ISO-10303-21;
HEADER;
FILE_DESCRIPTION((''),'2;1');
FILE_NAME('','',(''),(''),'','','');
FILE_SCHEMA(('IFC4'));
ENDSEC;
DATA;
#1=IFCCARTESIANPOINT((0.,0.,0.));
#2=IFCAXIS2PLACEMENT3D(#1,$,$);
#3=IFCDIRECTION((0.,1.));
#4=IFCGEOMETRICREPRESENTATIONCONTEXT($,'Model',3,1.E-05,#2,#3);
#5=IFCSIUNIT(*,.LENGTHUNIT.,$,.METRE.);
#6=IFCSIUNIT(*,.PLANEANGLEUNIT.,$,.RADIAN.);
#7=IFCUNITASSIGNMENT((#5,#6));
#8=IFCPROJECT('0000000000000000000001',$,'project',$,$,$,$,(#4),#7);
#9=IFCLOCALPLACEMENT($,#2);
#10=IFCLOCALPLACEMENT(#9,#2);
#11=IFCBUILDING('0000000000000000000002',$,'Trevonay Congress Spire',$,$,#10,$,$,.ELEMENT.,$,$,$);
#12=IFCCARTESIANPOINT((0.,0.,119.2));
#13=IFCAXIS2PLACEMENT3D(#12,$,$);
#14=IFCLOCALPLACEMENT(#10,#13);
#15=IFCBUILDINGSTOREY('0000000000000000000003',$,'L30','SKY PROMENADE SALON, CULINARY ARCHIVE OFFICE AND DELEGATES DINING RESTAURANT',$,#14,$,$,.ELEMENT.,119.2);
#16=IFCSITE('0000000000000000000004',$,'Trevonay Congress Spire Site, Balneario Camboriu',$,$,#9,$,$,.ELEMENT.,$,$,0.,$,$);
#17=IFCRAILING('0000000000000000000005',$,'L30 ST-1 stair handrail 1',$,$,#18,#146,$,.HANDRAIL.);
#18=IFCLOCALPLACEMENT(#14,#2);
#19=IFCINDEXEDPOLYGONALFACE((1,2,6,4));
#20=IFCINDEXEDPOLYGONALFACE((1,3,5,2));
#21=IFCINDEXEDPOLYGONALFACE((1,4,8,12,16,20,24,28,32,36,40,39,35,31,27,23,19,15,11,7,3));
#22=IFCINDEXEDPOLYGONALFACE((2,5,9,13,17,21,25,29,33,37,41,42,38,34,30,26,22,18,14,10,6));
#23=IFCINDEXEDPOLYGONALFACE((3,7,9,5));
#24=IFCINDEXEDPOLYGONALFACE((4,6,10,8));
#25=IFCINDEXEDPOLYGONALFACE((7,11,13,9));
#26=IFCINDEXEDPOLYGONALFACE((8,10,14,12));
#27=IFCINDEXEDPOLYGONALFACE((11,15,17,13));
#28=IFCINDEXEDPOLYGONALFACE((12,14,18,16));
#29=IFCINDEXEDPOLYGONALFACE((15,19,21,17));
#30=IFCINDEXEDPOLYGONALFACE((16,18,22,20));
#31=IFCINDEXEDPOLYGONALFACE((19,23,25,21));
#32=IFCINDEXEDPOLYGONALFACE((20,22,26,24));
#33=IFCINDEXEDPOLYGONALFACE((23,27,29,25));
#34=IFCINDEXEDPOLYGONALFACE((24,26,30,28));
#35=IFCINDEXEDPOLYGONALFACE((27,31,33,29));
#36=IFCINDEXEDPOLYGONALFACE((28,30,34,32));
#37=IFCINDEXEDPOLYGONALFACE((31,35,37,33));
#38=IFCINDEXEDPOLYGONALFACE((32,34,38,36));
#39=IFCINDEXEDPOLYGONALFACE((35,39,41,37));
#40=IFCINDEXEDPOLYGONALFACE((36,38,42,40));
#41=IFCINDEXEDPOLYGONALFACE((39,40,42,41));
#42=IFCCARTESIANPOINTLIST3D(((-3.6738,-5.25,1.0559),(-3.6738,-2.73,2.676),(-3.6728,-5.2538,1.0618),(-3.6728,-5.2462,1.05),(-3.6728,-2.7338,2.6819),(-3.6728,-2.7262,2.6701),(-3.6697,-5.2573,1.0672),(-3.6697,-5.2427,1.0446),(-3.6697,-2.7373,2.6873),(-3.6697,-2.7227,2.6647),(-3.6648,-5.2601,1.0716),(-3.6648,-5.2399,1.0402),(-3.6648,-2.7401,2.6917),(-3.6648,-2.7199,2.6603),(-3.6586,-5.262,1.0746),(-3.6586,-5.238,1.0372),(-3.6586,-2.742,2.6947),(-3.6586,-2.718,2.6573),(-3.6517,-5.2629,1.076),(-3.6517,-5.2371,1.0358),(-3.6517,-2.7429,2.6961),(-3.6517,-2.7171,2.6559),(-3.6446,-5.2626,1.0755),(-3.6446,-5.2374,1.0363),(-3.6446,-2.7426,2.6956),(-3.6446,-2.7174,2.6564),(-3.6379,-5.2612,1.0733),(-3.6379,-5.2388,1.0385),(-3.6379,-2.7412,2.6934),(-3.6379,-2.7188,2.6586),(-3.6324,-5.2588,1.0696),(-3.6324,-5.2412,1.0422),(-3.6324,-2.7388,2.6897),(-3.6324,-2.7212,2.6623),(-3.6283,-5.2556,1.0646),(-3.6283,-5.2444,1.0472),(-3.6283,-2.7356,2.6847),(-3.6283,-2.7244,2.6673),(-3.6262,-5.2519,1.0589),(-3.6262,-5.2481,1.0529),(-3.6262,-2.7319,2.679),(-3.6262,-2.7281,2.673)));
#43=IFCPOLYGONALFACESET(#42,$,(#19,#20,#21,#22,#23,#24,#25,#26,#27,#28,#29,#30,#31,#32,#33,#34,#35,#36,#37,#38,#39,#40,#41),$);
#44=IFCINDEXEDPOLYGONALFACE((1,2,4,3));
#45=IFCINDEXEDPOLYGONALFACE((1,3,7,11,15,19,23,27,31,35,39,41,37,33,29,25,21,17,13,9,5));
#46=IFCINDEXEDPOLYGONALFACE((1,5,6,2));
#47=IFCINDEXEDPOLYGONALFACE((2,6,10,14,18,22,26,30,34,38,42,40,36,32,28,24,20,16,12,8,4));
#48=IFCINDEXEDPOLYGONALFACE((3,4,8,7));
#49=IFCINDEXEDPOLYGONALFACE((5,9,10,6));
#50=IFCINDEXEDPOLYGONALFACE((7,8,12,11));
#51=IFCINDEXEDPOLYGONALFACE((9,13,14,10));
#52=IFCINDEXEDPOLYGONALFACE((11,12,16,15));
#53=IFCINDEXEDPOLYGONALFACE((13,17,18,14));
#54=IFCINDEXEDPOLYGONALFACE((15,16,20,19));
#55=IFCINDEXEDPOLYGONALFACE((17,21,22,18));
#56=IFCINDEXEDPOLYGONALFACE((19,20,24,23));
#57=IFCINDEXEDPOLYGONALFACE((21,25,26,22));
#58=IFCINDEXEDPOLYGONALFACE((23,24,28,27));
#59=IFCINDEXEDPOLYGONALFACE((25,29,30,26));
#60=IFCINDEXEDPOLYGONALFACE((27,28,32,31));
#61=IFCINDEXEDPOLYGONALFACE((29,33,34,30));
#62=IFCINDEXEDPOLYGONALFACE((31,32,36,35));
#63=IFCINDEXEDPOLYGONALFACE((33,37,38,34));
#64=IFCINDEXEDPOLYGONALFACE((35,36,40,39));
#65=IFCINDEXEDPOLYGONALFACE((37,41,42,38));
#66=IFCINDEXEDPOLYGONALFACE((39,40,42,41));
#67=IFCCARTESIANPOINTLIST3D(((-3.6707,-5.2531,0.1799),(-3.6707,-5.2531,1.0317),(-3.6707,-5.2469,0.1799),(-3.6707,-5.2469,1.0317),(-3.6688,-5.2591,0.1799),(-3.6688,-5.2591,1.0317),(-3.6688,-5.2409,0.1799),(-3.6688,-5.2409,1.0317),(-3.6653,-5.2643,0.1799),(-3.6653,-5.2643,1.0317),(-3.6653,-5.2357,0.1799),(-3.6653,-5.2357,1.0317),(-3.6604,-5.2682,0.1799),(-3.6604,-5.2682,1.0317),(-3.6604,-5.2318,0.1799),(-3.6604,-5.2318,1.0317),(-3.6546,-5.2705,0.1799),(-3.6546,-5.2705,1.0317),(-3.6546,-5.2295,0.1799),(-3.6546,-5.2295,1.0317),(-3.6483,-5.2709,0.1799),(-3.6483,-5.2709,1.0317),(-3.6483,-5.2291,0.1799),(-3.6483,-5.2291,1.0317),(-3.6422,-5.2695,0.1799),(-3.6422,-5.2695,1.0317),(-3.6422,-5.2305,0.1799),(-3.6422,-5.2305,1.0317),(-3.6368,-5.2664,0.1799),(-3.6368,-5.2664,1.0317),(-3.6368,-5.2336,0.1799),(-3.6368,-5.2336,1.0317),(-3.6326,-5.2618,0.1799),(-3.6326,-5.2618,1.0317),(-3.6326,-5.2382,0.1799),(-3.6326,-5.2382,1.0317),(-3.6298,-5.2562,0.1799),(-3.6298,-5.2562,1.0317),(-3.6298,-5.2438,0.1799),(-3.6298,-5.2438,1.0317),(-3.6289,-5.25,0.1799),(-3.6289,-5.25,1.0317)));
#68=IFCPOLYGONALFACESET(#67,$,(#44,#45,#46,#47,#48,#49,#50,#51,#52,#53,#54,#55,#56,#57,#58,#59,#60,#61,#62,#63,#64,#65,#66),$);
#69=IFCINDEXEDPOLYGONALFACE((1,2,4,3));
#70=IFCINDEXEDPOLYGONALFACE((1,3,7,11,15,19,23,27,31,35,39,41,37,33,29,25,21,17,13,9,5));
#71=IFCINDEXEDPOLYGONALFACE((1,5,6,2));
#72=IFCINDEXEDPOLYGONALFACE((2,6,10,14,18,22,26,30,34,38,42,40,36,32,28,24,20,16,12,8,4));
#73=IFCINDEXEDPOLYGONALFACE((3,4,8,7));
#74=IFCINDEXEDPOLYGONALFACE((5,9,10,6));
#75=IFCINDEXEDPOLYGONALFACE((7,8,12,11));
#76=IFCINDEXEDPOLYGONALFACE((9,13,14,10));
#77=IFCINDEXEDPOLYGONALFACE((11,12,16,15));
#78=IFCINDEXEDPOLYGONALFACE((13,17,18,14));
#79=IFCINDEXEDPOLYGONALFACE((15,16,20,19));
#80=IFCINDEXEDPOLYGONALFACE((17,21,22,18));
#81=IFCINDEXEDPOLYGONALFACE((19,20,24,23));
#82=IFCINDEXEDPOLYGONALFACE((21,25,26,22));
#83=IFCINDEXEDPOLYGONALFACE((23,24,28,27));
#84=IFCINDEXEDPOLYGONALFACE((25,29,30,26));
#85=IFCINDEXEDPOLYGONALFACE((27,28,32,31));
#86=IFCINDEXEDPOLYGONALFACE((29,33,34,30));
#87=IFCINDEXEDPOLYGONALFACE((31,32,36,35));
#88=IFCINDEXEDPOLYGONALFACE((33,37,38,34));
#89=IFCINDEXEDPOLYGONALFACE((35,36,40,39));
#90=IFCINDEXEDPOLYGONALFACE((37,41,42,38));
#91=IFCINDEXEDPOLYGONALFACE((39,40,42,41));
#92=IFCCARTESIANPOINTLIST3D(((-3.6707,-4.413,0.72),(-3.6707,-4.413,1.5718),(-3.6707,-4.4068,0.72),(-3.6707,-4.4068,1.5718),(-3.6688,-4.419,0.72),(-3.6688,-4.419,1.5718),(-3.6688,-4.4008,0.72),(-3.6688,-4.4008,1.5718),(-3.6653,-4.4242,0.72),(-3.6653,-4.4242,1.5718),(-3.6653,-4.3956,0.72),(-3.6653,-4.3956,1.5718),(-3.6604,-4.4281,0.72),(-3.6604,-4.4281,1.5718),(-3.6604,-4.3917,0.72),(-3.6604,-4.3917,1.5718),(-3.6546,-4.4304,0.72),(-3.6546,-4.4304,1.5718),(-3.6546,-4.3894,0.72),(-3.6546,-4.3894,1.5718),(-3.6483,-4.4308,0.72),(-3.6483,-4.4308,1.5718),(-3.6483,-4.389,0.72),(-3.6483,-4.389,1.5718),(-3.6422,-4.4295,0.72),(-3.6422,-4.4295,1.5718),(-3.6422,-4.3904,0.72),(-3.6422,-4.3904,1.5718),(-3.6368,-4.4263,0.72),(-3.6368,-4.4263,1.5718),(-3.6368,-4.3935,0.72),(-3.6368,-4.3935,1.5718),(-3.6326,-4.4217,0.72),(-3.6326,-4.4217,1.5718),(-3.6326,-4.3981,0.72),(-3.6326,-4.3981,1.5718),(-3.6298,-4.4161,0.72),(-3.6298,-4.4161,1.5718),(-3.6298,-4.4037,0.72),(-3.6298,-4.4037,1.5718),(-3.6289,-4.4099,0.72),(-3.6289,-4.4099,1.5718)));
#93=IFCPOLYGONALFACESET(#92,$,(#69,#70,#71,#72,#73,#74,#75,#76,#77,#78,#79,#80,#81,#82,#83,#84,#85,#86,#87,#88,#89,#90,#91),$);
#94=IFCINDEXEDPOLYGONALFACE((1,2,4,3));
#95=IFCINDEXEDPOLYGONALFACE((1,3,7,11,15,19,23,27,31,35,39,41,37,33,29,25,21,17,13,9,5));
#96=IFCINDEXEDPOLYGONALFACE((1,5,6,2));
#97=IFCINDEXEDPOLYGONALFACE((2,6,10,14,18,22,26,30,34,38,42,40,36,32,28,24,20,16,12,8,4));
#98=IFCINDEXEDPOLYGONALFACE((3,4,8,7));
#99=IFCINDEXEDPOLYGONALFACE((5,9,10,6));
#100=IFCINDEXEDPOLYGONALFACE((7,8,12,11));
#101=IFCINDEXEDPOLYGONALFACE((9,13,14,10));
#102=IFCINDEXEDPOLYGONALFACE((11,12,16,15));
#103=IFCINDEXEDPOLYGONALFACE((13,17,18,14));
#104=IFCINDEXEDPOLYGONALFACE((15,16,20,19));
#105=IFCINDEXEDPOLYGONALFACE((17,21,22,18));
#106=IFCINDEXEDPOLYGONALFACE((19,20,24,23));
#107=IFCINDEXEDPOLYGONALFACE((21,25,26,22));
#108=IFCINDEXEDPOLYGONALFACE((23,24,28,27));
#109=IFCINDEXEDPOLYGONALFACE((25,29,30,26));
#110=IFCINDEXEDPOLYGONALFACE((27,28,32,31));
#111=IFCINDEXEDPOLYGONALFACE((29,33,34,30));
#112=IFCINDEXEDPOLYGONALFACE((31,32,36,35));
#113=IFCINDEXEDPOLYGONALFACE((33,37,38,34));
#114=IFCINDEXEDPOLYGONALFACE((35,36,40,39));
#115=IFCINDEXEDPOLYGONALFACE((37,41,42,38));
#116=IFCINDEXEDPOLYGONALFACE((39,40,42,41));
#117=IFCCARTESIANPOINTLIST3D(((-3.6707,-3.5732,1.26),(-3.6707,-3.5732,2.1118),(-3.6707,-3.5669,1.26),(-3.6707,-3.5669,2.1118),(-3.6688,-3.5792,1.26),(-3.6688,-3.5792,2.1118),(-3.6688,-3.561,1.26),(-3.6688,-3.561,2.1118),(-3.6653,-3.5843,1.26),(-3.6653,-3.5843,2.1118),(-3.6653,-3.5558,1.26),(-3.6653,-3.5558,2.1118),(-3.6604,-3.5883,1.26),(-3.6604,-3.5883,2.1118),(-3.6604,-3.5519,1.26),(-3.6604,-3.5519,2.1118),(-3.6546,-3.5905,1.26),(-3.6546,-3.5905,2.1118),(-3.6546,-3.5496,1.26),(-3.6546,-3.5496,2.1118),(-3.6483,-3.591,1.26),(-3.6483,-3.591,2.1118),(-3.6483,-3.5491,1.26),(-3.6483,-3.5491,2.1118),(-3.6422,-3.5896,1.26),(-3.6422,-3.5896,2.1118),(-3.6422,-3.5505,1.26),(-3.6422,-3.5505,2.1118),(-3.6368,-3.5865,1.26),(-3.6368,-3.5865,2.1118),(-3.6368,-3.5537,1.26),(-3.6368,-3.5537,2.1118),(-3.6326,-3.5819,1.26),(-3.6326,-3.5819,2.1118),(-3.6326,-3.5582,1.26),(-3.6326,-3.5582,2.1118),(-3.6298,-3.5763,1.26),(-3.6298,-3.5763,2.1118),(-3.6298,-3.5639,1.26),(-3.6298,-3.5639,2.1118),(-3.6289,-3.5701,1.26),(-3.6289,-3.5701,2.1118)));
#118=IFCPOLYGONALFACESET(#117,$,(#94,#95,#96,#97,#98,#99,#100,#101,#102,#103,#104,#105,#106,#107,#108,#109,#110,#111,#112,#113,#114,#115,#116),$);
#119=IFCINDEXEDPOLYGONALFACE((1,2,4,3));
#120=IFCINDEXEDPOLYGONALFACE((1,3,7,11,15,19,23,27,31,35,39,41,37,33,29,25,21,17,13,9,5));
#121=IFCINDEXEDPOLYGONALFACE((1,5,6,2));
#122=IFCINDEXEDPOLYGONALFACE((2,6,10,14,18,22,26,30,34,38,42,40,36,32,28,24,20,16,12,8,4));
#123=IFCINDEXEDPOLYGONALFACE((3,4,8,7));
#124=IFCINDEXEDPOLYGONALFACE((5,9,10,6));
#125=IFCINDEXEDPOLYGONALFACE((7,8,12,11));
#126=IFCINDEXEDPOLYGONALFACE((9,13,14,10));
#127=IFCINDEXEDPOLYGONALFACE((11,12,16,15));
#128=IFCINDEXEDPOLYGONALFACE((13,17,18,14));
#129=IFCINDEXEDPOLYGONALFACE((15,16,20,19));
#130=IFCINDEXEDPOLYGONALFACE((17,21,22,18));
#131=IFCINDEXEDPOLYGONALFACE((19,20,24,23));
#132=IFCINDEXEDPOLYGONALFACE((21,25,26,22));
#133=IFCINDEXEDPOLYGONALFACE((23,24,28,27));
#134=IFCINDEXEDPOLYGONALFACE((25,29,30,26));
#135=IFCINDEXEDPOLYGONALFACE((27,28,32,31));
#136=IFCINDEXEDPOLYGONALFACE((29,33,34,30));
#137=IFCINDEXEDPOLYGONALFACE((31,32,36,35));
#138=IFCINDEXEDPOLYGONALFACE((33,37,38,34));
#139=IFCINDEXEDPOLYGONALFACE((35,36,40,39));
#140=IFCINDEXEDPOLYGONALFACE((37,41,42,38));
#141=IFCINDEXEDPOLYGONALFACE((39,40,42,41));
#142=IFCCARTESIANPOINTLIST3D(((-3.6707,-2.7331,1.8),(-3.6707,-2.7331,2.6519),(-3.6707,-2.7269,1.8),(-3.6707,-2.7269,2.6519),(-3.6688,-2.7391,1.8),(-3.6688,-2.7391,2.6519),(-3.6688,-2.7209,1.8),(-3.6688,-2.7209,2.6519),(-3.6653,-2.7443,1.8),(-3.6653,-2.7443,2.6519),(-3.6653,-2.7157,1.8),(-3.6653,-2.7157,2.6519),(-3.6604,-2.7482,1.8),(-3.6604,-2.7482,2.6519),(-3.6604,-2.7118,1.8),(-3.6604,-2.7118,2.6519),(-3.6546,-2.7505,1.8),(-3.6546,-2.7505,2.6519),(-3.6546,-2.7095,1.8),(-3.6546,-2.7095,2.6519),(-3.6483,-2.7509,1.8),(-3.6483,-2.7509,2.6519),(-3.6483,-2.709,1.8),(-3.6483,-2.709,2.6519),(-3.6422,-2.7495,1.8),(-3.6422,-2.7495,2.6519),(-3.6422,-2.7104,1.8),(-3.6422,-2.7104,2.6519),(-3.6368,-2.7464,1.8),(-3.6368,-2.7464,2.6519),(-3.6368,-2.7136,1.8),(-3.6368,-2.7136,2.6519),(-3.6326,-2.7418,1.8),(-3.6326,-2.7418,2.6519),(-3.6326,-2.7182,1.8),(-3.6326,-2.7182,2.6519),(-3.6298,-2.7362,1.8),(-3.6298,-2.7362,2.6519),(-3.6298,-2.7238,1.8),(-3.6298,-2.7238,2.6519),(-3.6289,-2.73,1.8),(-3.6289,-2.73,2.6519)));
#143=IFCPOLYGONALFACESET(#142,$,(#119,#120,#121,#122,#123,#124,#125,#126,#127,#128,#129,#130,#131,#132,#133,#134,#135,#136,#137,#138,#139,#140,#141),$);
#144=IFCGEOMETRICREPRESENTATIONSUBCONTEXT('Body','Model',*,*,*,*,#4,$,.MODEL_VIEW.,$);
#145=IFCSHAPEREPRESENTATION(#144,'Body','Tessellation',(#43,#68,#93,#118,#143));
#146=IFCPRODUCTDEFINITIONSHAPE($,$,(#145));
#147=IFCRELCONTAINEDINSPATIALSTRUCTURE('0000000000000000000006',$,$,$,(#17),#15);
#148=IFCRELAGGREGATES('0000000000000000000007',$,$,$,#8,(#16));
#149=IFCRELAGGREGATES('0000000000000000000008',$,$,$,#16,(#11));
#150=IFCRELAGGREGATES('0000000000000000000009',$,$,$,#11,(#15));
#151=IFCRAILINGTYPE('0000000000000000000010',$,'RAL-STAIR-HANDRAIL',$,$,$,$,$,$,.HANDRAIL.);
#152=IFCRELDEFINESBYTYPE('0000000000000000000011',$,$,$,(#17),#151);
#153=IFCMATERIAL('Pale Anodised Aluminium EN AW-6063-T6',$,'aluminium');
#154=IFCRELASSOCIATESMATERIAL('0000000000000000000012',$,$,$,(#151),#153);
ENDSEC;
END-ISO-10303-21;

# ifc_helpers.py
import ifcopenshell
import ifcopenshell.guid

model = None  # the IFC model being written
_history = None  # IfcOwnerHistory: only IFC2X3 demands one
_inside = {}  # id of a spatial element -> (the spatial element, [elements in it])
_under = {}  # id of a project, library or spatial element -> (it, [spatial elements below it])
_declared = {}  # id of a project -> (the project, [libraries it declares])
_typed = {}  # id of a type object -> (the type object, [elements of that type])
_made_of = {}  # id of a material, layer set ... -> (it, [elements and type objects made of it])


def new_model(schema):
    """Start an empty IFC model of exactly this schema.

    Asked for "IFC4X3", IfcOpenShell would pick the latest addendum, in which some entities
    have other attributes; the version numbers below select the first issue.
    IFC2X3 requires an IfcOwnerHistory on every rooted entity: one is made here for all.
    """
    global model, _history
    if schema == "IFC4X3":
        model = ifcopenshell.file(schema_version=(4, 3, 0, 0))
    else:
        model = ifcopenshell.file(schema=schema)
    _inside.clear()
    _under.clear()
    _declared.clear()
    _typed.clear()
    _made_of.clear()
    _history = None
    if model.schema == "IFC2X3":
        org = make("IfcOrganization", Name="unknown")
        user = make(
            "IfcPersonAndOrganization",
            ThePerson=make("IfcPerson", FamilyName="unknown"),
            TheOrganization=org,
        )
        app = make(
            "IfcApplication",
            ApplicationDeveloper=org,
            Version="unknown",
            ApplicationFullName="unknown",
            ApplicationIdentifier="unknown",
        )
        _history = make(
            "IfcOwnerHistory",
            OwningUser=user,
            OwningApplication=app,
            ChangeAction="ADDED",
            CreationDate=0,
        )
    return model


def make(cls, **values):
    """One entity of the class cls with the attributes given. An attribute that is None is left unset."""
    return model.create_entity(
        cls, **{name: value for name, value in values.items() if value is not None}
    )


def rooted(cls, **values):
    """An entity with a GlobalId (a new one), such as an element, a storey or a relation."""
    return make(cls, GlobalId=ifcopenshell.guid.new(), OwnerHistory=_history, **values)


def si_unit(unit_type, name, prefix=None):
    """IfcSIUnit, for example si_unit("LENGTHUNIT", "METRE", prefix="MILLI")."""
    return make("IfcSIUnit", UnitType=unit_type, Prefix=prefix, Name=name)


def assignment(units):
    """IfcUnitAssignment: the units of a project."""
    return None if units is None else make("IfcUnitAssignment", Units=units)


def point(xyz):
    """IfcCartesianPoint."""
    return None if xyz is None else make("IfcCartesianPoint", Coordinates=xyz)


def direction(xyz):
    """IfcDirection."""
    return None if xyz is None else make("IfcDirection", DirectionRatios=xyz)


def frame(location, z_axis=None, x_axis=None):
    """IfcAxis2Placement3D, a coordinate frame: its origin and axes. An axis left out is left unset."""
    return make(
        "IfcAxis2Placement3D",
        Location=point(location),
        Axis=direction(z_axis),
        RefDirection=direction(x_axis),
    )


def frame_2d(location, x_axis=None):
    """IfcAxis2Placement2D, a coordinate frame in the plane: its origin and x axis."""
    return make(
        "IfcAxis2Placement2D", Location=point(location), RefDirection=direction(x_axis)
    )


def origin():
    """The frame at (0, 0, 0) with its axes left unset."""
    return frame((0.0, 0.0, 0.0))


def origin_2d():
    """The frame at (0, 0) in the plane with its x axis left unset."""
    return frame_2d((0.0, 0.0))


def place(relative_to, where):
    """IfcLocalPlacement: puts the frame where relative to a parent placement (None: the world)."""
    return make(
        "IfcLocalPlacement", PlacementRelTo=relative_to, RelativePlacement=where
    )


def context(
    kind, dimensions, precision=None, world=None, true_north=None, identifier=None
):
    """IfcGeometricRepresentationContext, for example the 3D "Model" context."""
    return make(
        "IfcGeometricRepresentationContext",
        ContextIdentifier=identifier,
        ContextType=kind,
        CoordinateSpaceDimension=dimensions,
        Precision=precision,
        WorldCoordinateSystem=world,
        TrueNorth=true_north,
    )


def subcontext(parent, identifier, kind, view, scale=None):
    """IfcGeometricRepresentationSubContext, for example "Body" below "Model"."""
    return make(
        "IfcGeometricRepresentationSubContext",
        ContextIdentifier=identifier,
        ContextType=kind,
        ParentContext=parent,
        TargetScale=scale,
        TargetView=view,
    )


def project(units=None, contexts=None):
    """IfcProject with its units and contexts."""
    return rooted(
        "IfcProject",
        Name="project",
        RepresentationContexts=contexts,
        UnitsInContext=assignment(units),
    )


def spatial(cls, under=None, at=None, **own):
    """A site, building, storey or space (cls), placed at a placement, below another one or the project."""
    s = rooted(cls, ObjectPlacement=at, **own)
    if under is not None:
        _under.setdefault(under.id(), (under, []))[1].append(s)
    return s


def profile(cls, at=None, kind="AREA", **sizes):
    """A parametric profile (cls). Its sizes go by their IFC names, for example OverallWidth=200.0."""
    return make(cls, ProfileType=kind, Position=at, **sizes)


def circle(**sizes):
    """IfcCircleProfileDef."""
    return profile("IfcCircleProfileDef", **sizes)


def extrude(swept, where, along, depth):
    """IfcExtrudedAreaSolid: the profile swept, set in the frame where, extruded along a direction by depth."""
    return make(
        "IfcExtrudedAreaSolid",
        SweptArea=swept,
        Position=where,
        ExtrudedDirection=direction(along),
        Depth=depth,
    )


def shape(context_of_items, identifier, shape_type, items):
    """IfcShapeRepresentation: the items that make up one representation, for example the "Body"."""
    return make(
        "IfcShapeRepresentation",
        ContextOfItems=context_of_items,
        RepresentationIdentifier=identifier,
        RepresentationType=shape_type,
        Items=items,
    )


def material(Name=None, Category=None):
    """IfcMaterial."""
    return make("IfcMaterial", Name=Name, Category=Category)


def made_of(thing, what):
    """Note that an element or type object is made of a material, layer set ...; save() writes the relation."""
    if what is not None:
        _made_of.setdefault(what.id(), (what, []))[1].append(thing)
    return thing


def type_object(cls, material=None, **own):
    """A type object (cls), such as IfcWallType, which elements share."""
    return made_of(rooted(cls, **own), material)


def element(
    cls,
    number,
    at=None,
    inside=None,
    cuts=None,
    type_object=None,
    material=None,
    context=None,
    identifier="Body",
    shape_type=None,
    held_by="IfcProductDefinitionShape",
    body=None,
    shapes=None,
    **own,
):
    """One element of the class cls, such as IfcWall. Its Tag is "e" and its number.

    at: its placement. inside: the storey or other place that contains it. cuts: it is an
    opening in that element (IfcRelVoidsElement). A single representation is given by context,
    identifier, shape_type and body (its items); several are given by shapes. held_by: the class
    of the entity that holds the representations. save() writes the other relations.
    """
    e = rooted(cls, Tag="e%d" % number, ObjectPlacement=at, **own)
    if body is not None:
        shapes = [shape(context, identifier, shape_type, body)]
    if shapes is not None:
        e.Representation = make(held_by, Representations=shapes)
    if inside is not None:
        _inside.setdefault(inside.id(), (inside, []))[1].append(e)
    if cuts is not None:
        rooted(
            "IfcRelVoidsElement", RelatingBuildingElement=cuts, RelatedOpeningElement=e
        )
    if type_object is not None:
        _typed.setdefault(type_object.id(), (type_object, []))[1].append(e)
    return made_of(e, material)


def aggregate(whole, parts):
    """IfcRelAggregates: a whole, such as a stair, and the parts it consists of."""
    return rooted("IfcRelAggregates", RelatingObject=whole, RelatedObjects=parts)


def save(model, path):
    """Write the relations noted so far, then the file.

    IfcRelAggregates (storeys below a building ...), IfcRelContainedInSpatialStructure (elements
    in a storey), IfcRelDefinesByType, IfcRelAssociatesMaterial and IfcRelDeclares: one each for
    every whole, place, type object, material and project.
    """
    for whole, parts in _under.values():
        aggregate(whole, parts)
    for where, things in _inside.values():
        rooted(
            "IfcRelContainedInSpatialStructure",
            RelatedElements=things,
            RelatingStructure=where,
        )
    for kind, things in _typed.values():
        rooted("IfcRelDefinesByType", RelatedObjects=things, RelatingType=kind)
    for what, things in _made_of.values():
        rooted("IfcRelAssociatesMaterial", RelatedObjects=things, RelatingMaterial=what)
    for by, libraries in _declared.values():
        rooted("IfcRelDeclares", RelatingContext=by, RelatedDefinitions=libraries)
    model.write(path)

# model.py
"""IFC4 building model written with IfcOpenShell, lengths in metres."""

from ifc_helpers import new_model, si_unit, direction, frame, origin, origin_2d, place, context, subcontext, project, spatial, circle, extrude, material, type_object, element, save


model = new_model("IFC4")

# Units and contexts
model_context = context("Model", 3, precision=1e-05, world=origin(), true_north=direction((0.0, 1.0)))
body_context = subcontext(model_context, "Body", "Model", "MODEL_VIEW")
ifc_project = project(units=[si_unit("LENGTHUNIT", "METRE"), si_unit("PLANEANGLEUNIT", "RADIAN")], contexts=[model_context])

# Site, building, storey
site_placement = place(None, origin())
site = spatial("IfcSite", under=ifc_project, at=site_placement, Name="Trevonay Congress Spire Site, Balneario Camboriu", CompositionType="ELEMENT", RefElevation=0.0)
building_placement = place(site_placement, origin())
building = spatial("IfcBuilding", under=site, at=building_placement, Name="Trevonay Congress Spire", CompositionType="ELEMENT")
storey_placement = place(building_placement, frame((0.0, 0.0, 119.2)))
storey = spatial("IfcBuildingStorey", under=building, at=storey_placement, Name="L30", Description="SKY PROMENADE SALON, CULINARY ARCHIVE OFFICE AND DELEGATES DINING RESTAURANT", CompositionType="ELEMENT", Elevation=119.2)

# Shared definitions
ifc_material_1 = material(Name="Pale Anodised Aluminium EN AW-6063-T6", Category="aluminium")

# Railing
railing_type_1 = type_object("IfcRailingType", Name="RAL-STAIR-HANDRAIL", PredefinedType="HANDRAIL", material=ifc_material_1)
railing_1_placement = place(storey_placement, frame((-3.6499, -5.25, 0.1799)))
element("IfcRailing", 1, at=railing_1_placement, inside=storey, type_object=railing_type_1, Name="L30 ST-1 stair handrail 1", PredefinedType="HANDRAIL", context=body_context, shape_type="SweptSolid", body=[
    extrude(circle(Radius=0.0239, at=origin_2d()), frame((0.0, 0.0, 0.876), z_axis=(0.0, 0.841163, 0.540782), x_axis=(-1.0, 0.0, 0.0)), (0.0, 0.0, 1.0), 2.9958),
    extrude(circle(Radius=0.021, at=origin_2d()), origin(), (0.0, 0.0, 1.0), 0.8518),
    extrude(circle(Radius=0.021, at=origin_2d()), frame((0.0, 0.8401, 0.54)), (0.0, 0.0, 1.0), 0.8518),
    extrude(circle(Radius=0.021, at=origin_2d()), frame((0.0, 1.6799, 1.0801)), (0.0, 0.0, 1.0), 0.8518),
    extrude(circle(Radius=0.021, at=origin_2d()), frame((0.0, 2.52, 1.6201)), (0.0, 0.0, 1.0), 0.8518),
])

save(model, "model.ifc")
